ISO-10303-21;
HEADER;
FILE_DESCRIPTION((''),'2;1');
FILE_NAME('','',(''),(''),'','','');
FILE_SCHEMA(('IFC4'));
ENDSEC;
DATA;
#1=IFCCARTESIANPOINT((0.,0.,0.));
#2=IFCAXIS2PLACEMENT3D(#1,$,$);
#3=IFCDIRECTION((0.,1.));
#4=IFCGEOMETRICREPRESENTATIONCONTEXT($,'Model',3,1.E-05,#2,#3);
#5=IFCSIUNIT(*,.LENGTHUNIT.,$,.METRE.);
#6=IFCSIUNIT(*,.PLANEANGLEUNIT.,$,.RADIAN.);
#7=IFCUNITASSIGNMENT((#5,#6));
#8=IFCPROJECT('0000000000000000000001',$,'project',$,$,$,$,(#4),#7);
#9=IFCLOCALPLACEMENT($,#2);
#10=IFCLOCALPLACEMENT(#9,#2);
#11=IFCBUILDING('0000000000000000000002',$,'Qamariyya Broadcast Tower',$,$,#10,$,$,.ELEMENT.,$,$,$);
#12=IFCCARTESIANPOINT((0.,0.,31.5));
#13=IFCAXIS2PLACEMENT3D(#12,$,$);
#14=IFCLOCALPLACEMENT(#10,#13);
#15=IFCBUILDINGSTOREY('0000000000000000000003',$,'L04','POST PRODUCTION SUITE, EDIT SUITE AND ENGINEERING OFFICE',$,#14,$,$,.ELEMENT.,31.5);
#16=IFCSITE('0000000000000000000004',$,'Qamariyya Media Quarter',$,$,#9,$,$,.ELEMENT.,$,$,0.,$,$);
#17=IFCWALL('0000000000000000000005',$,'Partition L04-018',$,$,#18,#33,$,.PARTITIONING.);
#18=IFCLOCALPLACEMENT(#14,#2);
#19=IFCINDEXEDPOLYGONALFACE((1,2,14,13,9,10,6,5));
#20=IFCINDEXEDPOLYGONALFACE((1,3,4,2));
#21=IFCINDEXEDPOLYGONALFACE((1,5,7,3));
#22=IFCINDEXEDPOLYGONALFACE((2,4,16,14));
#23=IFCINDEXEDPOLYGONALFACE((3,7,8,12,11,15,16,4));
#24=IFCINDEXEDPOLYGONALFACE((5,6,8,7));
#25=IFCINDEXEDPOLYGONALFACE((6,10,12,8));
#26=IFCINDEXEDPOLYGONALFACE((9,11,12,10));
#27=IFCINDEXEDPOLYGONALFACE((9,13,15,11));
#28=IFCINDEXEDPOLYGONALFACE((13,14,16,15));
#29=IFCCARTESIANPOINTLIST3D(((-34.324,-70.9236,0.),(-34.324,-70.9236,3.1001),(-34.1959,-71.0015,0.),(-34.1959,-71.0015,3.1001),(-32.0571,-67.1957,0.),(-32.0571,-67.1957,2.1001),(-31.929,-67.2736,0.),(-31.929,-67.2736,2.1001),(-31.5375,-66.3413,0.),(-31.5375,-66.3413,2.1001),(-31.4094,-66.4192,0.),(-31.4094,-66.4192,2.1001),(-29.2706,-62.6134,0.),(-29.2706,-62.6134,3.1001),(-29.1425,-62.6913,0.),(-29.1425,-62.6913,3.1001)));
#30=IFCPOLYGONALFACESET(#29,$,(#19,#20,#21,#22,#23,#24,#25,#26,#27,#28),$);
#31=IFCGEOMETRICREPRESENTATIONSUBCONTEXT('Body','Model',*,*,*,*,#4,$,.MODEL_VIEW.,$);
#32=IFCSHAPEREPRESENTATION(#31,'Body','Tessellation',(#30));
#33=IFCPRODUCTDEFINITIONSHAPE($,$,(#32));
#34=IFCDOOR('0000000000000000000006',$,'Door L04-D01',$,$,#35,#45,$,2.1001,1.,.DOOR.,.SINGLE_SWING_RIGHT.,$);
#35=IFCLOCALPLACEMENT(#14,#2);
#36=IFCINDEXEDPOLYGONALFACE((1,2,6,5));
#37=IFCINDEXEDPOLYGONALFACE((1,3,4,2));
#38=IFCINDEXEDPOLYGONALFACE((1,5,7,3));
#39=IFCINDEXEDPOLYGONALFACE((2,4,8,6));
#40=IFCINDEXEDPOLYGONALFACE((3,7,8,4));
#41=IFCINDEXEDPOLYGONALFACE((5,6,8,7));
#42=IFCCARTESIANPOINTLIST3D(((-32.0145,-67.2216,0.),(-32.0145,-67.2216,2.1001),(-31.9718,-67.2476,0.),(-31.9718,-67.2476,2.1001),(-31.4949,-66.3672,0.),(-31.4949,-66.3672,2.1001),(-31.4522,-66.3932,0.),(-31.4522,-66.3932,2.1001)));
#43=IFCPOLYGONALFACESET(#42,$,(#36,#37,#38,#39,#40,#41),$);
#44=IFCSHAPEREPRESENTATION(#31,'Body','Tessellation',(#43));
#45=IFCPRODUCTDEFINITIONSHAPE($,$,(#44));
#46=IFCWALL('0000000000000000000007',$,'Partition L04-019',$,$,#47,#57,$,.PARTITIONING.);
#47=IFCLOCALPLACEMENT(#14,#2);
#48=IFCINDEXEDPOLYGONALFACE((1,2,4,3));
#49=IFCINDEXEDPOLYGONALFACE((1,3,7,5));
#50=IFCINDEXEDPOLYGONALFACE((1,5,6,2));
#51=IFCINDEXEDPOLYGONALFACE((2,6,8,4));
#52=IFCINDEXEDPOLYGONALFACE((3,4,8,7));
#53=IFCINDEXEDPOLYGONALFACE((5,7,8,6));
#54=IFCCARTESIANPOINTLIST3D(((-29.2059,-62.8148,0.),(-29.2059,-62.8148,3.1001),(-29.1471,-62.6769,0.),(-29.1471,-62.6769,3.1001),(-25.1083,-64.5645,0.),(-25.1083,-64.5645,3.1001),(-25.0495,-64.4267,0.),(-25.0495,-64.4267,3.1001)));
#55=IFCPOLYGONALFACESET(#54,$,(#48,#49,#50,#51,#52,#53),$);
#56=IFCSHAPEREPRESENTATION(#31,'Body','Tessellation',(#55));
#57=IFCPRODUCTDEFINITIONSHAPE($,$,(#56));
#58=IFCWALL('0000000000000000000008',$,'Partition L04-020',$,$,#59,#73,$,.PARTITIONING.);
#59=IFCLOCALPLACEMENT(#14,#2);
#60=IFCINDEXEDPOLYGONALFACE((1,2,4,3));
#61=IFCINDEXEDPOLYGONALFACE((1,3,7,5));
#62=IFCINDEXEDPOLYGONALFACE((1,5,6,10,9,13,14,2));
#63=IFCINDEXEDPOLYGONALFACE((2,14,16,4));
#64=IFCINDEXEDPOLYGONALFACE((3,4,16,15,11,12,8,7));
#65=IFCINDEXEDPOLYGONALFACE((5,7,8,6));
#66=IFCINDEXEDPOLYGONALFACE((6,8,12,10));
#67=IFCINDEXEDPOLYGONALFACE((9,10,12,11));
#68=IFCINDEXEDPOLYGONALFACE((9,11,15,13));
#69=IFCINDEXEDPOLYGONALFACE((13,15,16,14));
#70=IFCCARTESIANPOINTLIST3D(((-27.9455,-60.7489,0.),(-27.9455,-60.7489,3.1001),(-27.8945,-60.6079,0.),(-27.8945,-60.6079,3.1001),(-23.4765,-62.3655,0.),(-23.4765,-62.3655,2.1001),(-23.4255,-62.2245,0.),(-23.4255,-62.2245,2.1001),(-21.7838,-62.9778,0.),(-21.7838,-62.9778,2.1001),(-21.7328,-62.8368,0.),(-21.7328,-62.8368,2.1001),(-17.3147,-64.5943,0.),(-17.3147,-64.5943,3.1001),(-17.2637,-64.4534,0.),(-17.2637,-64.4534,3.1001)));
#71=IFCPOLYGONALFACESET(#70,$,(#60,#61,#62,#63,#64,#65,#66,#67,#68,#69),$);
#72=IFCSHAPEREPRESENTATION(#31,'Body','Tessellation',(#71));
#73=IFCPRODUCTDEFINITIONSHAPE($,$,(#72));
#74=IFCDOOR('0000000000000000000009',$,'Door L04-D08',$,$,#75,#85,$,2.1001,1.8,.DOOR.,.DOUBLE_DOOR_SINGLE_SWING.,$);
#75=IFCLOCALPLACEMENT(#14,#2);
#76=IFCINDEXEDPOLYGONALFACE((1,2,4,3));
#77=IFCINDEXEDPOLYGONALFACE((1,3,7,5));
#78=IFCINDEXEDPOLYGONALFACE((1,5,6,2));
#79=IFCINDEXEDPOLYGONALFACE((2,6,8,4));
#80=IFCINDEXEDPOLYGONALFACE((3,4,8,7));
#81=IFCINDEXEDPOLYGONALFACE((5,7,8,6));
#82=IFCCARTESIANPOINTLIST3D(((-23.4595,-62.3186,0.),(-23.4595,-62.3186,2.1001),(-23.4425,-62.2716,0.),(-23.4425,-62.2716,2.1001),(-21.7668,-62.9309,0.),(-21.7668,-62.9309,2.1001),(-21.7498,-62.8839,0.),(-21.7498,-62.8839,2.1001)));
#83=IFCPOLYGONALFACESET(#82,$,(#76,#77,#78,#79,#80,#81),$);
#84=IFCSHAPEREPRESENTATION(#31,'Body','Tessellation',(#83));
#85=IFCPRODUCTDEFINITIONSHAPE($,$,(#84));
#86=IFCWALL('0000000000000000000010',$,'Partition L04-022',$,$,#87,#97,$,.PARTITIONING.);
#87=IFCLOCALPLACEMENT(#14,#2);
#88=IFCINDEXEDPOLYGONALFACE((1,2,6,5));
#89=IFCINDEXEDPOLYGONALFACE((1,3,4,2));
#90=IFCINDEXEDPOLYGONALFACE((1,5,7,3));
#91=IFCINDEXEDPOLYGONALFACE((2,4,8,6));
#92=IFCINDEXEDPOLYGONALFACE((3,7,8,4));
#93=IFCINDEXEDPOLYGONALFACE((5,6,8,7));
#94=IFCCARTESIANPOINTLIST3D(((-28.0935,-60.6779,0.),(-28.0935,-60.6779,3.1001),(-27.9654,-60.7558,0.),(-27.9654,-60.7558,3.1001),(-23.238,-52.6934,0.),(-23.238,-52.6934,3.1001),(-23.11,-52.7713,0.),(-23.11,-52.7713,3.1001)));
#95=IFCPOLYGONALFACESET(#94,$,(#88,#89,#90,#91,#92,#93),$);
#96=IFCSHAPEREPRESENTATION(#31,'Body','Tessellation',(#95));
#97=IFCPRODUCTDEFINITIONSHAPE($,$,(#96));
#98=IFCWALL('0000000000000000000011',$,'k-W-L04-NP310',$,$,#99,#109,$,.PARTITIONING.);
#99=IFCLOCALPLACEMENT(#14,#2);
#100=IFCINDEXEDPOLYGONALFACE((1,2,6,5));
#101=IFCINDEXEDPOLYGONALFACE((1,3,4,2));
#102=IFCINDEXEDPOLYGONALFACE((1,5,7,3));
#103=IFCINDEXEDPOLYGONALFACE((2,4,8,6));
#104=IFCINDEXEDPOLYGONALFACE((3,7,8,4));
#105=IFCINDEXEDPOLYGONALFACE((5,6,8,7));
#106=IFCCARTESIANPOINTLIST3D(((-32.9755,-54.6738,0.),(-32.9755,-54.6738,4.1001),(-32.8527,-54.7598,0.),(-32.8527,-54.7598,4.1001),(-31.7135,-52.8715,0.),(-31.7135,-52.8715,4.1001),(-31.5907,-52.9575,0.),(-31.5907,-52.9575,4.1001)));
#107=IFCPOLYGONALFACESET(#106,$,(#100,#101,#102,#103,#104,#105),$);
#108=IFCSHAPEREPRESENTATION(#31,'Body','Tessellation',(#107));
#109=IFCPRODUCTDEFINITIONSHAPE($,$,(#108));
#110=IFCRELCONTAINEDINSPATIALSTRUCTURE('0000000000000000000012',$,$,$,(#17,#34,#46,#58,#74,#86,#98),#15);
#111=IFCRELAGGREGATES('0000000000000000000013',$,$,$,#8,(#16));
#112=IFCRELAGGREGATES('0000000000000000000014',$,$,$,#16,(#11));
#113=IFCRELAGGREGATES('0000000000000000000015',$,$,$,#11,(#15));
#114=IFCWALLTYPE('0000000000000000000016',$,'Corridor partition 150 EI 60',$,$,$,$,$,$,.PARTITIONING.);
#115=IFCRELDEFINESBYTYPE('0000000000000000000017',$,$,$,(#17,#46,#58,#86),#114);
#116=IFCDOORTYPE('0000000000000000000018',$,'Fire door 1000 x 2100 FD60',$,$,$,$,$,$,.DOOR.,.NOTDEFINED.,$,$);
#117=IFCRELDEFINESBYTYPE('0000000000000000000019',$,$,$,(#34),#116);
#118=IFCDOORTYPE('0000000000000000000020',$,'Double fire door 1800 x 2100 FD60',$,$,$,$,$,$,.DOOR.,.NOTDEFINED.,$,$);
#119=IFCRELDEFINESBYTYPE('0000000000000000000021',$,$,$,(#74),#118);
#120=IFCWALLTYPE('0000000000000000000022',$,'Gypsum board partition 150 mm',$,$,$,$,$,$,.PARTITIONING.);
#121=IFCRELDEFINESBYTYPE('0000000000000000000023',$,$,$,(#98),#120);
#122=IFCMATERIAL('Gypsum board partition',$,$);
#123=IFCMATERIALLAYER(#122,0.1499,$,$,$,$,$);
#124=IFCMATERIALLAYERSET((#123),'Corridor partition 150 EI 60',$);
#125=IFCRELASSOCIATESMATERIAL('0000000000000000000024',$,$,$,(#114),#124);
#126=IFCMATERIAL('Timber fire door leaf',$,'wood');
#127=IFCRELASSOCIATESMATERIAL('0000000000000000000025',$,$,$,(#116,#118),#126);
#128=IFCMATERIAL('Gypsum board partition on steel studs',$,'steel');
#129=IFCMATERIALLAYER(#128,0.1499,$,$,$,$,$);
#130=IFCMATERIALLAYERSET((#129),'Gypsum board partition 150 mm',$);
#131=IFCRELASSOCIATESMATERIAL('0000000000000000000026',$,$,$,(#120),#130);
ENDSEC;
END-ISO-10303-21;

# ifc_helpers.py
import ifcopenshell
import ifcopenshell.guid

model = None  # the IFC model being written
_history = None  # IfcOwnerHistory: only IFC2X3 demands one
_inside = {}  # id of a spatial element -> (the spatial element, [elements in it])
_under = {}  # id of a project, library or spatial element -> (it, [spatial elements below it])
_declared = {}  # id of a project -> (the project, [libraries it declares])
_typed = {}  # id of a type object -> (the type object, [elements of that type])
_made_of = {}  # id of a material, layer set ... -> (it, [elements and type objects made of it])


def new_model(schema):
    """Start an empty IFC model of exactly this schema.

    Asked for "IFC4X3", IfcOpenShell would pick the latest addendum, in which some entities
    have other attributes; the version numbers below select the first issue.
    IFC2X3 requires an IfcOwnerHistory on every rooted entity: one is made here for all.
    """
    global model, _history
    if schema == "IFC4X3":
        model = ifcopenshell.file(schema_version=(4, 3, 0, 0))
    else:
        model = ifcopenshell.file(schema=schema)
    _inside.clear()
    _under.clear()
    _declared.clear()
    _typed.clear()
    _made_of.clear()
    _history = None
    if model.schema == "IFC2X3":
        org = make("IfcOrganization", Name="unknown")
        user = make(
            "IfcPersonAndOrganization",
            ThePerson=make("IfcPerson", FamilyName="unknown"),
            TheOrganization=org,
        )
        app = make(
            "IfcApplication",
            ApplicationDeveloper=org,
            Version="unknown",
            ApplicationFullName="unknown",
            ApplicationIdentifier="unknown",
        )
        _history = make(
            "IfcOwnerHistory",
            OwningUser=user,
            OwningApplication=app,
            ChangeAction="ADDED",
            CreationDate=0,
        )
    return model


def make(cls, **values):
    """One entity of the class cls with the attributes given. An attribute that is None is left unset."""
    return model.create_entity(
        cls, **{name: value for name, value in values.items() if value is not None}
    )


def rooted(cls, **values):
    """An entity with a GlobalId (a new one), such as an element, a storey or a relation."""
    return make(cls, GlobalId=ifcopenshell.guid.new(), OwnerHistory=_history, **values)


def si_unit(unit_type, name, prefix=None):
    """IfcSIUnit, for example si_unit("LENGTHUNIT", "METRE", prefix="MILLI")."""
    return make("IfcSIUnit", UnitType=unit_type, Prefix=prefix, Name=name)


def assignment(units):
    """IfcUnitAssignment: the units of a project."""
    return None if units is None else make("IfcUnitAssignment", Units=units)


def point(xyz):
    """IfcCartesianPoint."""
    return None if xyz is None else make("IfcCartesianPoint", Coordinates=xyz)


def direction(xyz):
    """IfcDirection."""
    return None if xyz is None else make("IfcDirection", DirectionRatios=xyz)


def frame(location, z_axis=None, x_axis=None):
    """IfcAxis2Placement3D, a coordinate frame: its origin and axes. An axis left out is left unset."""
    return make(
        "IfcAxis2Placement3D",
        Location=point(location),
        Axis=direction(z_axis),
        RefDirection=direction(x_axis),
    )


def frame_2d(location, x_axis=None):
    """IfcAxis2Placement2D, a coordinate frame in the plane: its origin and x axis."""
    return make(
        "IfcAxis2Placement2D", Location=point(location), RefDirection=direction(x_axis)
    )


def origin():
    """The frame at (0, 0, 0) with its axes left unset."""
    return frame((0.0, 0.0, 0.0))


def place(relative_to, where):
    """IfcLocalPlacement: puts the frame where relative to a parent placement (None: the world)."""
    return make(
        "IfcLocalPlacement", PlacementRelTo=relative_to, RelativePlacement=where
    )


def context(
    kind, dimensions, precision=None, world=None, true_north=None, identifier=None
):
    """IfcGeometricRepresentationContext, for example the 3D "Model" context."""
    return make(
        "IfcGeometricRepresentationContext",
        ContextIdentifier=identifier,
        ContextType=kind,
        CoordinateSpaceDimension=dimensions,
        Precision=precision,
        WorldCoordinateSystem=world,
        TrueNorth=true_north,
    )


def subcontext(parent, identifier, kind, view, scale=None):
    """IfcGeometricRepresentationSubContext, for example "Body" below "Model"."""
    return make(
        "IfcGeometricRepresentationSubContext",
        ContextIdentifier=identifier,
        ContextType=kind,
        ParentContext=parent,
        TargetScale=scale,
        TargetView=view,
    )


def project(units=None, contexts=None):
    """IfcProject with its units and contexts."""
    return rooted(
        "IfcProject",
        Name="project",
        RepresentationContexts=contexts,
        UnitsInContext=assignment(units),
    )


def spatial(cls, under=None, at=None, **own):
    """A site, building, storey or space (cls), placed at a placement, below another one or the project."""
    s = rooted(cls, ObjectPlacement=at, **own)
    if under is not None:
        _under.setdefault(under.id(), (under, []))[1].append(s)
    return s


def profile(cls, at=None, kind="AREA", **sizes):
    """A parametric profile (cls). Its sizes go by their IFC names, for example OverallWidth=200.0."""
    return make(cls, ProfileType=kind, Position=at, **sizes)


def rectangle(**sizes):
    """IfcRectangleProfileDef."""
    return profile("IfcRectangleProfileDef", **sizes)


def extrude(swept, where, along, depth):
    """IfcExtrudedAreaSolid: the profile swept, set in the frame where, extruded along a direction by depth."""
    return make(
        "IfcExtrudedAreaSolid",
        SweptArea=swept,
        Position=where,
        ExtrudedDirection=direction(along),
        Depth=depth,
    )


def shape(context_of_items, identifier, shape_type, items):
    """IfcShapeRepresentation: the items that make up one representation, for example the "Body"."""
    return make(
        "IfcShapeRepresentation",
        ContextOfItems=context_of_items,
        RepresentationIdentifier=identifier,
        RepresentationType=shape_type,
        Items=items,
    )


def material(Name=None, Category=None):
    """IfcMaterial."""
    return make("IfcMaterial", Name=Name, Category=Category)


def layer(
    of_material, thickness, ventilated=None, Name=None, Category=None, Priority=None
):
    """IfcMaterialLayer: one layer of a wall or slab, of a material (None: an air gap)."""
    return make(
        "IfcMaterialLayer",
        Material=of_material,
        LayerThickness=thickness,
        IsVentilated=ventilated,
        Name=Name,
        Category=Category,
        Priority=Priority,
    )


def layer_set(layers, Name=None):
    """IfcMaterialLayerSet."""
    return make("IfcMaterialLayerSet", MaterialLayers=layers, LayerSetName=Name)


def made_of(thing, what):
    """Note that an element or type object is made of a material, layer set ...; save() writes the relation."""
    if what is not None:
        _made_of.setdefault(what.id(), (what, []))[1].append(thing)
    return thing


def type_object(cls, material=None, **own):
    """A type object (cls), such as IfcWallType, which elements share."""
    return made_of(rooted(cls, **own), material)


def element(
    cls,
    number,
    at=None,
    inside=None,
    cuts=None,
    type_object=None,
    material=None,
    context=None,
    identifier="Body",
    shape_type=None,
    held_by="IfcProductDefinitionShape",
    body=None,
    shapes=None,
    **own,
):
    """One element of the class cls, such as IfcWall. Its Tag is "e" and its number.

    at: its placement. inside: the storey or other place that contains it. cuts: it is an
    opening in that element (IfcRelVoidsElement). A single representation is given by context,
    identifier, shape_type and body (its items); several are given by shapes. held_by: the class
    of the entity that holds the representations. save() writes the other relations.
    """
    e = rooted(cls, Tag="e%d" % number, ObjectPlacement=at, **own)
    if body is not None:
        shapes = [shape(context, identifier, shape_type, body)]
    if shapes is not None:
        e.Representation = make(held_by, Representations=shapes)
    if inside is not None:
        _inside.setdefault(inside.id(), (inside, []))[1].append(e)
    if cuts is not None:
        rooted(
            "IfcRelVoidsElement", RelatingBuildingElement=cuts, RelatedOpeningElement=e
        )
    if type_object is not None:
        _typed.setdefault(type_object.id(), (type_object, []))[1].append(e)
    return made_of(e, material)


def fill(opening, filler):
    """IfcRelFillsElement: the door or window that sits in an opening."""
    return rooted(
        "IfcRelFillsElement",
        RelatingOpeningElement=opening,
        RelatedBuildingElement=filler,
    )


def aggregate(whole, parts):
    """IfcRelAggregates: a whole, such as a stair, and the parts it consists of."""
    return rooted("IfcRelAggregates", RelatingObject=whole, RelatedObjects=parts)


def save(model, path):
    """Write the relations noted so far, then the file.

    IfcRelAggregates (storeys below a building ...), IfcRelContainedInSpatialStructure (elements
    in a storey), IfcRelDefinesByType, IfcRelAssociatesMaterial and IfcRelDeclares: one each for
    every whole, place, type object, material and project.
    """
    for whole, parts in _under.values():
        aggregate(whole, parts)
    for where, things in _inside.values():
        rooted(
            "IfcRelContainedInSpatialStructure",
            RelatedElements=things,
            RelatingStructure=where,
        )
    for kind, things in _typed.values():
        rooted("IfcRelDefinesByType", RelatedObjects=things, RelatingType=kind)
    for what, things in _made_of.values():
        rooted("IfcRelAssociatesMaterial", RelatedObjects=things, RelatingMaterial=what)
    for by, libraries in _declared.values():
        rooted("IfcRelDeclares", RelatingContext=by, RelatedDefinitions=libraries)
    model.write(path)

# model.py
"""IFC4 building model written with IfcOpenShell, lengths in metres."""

from ifc_helpers import new_model, si_unit, direction, frame, frame_2d, origin, place, context, subcontext, project, spatial, rectangle, extrude, material, layer, layer_set, type_object, element, fill, save


model = new_model("IFC4")

# Units and contexts
model_context = context("Model", 3, precision=1e-05, world=origin(), true_north=direction((0.0, 1.0)))
body_context = subcontext(model_context, "Body", "Model", "MODEL_VIEW")
ifc_project = project(units=[si_unit("LENGTHUNIT", "METRE"), si_unit("PLANEANGLEUNIT", "RADIAN")], contexts=[model_context])

# Site, building, storey
site_placement = place(None, origin())
site = spatial("IfcSite", under=ifc_project, at=site_placement, Name="Qamariyya Media Quarter", CompositionType="ELEMENT", RefElevation=0.0)
building_placement = place(site_placement, origin())
building = spatial("IfcBuilding", under=site, at=building_placement, Name="Qamariyya Broadcast Tower", CompositionType="ELEMENT")
storey_placement = place(building_placement, frame((0.0, 0.0, 31.5)))
storey = spatial("IfcBuildingStorey", under=building, at=storey_placement, Name="L04", Description="POST PRODUCTION SUITE, EDIT SUITE AND ENGINEERING OFFICE", CompositionType="ELEMENT", Elevation=31.5)

# Wall, opening, door
ifc_material_1 = material(Name="Gypsum board partition")
ifc_layer_1 = layer(ifc_material_1, 0.1499)
ifc_layer_set_1 = layer_set([ifc_layer_1], Name="Corridor partition 150 EI 60")
wall_type_1 = type_object("IfcWallType", Name="Corridor partition 150 EI 60", PredefinedType="PARTITIONING", material=ifc_layer_set_1)
wall_1_placement = place(storey_placement, frame((-29.2065, -62.6523, 0.0), z_axis=(0.0, 0.0, 1.0), x_axis=(-0.519573, -0.854426, 0.0)))
wall_1 = element("IfcWall", 1, at=wall_1_placement, inside=storey, type_object=wall_type_1, Name="Partition L04-018", PredefinedType="PARTITIONING", context=body_context, shape_type="SweptSolid", body=[
    extrude(rectangle(XDim=9.7261, YDim=0.1499, at=frame_2d((4.863, 0.0))), origin(), (0.0, 0.0, 1.0), 3.1001),
])
opening_1_placement = place(wall_1_placement, frame((4.363, 0.0, 0.0)))
opening_1 = element("IfcOpeningElement", 2, at=opening_1_placement, cuts=wall_1, PredefinedType="OPENING", context=body_context, shape_type="SweptSolid", body=[
    extrude(rectangle(XDim=1.0, YDim=2.1001, at=frame_2d((0.5, 1.05))), frame((0.0, 0.085, 0.0), z_axis=(0.0, -1.0, 0.0), x_axis=(1.0, 0.0, 0.0)), (0.0, 0.0, 1.0), 0.1699),
])
ifc_material_2 = material(Name="Timber fire door leaf", Category="wood")
door_type_1 = type_object("IfcDoorType", Name="Fire door 1000 x 2100 FD60", OperationType="NOTDEFINED", PredefinedType="DOOR", material=ifc_material_2)
door_1_placement = place(opening_1_placement, origin())
door_1 = element("IfcDoor", 3, at=door_1_placement, inside=storey, type_object=door_type_1, Name="Door L04-D01", OperationType="SINGLE_SWING_RIGHT", OverallHeight=2.1001, OverallWidth=1.0, PredefinedType="DOOR", context=body_context, shape_type="SweptSolid", body=[
    extrude(rectangle(XDim=1.0, YDim=2.1001, at=frame_2d((0.5, 1.05))), frame((0.0, 0.0249, 0.0), z_axis=(0.0, -1.0, 0.0), x_axis=(1.0, 0.0, 0.0)), (0.0, 0.0, 1.0), 0.05),
])
fill(opening_1, door_1)

# Wall
wall_2_placement = place(storey_placement, frame((-29.1765, -62.7458, 0.0), z_axis=(0.0, 0.0, 1.0), x_axis=(0.919663, -0.392709, 0.0)))
element("IfcWall", 4, at=wall_2_placement, inside=storey, type_object=wall_type_1, Name="Partition L04-019", PredefinedType="PARTITIONING", context=body_context, shape_type="SweptSolid", body=[
    extrude(rectangle(XDim=4.4556, YDim=0.1499, at=frame_2d((2.2278, 0.0))), origin(), (0.0, 0.0, 1.0), 3.1001),
])

# Wall, opening, door
wall_3_placement = place(storey_placement, frame((-27.9199, -60.6785, 0.0), z_axis=(0.0, 0.0, 1.0), x_axis=(0.940369, -0.340156, 0.0)))
wall_3 = element("IfcWall", 5, at=wall_3_placement, inside=storey, type_object=wall_type_1, Name="Partition L04-020", PredefinedType="PARTITIONING", context=body_context, shape_type="SweptSolid", body=[
    extrude(rectangle(XDim=11.3049, YDim=0.1499, at=frame_2d((5.6523, 0.0))), origin(), (0.0, 0.0, 1.0), 3.1001),
])
opening_2_placement = place(wall_3_placement, frame((4.7524, 0.0, 0.0)))
opening_2 = element("IfcOpeningElement", 6, at=opening_2_placement, cuts=wall_3, PredefinedType="OPENING", context=body_context, shape_type="SweptSolid", body=[
    extrude(rectangle(XDim=1.8, YDim=2.1001, at=frame_2d((0.8999, 1.05))), frame((0.0, 0.085, 0.0), z_axis=(0.0, -1.0, 0.0), x_axis=(1.0, 0.0, 0.0)), (0.0, 0.0, 1.0), 0.1699),
])
door_type_2 = type_object("IfcDoorType", Name="Double fire door 1800 x 2100 FD60", OperationType="NOTDEFINED", PredefinedType="DOOR", material=ifc_material_2)
door_2_placement = place(opening_2_placement, origin())
door_2 = element("IfcDoor", 7, at=door_2_placement, inside=storey, type_object=door_type_2, Name="Door L04-D08", OperationType="DOUBLE_DOOR_SINGLE_SWING", OverallHeight=2.1001, OverallWidth=1.8, PredefinedType="DOOR", context=body_context, shape_type="SweptSolid", body=[
    extrude(rectangle(XDim=1.8, YDim=2.1001, at=frame_2d((0.8999, 1.05))), frame((0.0, 0.0249, 0.0), z_axis=(0.0, -1.0, 0.0), x_axis=(1.0, 0.0, 0.0)), (0.0, 0.0, 1.0), 0.05),
])
fill(opening_2, door_2)

# Walls
wall_4_placement = place(storey_placement, frame((-23.1741, -52.7324, 0.0), z_axis=(0.0, 0.0, 1.0), x_axis=(-0.519577, -0.854423, 0.0)))
element("IfcWall", 8, at=wall_4_placement, inside=storey, type_object=wall_type_1, Name="Partition L04-022", PredefinedType="PARTITIONING", context=body_context, shape_type="SweptSolid", body=[
    extrude(rectangle(XDim=9.345, YDim=0.1499, at=frame_2d((4.6724, 0.0))), origin(), (0.0, 0.0, 1.0), 3.1001),
])
ifc_material_3 = material(Name="Gypsum board partition on steel studs", Category="steel")
ifc_layer_2 = layer(ifc_material_3, 0.1499)
ifc_layer_set_2 = layer_set([ifc_layer_2], Name="Gypsum board partition 150 mm")
wall_type_2 = type_object("IfcWallType", Name="Gypsum board partition 150 mm", PredefinedType="PARTITIONING", material=ifc_layer_set_2)
wall_5_placement = place(storey_placement, frame((-32.9141, -54.7168, 0.0), z_axis=(0.0, 0.0, 1.0), x_axis=(0.573581, 0.819149, 0.0)))
element("IfcWall", 9, at=wall_5_placement, inside=storey, type_object=wall_type_2, Name="k-W-L04-NP310", PredefinedType="PARTITIONING", context=body_context, shape_type="SweptSolid", body=[
    extrude(rectangle(XDim=2.2002, YDim=0.1499, at=frame_2d((1.1001, 0.0))), origin(), (0.0, 0.0, 1.0), 4.1001),
])

save(model, "model.ifc")
